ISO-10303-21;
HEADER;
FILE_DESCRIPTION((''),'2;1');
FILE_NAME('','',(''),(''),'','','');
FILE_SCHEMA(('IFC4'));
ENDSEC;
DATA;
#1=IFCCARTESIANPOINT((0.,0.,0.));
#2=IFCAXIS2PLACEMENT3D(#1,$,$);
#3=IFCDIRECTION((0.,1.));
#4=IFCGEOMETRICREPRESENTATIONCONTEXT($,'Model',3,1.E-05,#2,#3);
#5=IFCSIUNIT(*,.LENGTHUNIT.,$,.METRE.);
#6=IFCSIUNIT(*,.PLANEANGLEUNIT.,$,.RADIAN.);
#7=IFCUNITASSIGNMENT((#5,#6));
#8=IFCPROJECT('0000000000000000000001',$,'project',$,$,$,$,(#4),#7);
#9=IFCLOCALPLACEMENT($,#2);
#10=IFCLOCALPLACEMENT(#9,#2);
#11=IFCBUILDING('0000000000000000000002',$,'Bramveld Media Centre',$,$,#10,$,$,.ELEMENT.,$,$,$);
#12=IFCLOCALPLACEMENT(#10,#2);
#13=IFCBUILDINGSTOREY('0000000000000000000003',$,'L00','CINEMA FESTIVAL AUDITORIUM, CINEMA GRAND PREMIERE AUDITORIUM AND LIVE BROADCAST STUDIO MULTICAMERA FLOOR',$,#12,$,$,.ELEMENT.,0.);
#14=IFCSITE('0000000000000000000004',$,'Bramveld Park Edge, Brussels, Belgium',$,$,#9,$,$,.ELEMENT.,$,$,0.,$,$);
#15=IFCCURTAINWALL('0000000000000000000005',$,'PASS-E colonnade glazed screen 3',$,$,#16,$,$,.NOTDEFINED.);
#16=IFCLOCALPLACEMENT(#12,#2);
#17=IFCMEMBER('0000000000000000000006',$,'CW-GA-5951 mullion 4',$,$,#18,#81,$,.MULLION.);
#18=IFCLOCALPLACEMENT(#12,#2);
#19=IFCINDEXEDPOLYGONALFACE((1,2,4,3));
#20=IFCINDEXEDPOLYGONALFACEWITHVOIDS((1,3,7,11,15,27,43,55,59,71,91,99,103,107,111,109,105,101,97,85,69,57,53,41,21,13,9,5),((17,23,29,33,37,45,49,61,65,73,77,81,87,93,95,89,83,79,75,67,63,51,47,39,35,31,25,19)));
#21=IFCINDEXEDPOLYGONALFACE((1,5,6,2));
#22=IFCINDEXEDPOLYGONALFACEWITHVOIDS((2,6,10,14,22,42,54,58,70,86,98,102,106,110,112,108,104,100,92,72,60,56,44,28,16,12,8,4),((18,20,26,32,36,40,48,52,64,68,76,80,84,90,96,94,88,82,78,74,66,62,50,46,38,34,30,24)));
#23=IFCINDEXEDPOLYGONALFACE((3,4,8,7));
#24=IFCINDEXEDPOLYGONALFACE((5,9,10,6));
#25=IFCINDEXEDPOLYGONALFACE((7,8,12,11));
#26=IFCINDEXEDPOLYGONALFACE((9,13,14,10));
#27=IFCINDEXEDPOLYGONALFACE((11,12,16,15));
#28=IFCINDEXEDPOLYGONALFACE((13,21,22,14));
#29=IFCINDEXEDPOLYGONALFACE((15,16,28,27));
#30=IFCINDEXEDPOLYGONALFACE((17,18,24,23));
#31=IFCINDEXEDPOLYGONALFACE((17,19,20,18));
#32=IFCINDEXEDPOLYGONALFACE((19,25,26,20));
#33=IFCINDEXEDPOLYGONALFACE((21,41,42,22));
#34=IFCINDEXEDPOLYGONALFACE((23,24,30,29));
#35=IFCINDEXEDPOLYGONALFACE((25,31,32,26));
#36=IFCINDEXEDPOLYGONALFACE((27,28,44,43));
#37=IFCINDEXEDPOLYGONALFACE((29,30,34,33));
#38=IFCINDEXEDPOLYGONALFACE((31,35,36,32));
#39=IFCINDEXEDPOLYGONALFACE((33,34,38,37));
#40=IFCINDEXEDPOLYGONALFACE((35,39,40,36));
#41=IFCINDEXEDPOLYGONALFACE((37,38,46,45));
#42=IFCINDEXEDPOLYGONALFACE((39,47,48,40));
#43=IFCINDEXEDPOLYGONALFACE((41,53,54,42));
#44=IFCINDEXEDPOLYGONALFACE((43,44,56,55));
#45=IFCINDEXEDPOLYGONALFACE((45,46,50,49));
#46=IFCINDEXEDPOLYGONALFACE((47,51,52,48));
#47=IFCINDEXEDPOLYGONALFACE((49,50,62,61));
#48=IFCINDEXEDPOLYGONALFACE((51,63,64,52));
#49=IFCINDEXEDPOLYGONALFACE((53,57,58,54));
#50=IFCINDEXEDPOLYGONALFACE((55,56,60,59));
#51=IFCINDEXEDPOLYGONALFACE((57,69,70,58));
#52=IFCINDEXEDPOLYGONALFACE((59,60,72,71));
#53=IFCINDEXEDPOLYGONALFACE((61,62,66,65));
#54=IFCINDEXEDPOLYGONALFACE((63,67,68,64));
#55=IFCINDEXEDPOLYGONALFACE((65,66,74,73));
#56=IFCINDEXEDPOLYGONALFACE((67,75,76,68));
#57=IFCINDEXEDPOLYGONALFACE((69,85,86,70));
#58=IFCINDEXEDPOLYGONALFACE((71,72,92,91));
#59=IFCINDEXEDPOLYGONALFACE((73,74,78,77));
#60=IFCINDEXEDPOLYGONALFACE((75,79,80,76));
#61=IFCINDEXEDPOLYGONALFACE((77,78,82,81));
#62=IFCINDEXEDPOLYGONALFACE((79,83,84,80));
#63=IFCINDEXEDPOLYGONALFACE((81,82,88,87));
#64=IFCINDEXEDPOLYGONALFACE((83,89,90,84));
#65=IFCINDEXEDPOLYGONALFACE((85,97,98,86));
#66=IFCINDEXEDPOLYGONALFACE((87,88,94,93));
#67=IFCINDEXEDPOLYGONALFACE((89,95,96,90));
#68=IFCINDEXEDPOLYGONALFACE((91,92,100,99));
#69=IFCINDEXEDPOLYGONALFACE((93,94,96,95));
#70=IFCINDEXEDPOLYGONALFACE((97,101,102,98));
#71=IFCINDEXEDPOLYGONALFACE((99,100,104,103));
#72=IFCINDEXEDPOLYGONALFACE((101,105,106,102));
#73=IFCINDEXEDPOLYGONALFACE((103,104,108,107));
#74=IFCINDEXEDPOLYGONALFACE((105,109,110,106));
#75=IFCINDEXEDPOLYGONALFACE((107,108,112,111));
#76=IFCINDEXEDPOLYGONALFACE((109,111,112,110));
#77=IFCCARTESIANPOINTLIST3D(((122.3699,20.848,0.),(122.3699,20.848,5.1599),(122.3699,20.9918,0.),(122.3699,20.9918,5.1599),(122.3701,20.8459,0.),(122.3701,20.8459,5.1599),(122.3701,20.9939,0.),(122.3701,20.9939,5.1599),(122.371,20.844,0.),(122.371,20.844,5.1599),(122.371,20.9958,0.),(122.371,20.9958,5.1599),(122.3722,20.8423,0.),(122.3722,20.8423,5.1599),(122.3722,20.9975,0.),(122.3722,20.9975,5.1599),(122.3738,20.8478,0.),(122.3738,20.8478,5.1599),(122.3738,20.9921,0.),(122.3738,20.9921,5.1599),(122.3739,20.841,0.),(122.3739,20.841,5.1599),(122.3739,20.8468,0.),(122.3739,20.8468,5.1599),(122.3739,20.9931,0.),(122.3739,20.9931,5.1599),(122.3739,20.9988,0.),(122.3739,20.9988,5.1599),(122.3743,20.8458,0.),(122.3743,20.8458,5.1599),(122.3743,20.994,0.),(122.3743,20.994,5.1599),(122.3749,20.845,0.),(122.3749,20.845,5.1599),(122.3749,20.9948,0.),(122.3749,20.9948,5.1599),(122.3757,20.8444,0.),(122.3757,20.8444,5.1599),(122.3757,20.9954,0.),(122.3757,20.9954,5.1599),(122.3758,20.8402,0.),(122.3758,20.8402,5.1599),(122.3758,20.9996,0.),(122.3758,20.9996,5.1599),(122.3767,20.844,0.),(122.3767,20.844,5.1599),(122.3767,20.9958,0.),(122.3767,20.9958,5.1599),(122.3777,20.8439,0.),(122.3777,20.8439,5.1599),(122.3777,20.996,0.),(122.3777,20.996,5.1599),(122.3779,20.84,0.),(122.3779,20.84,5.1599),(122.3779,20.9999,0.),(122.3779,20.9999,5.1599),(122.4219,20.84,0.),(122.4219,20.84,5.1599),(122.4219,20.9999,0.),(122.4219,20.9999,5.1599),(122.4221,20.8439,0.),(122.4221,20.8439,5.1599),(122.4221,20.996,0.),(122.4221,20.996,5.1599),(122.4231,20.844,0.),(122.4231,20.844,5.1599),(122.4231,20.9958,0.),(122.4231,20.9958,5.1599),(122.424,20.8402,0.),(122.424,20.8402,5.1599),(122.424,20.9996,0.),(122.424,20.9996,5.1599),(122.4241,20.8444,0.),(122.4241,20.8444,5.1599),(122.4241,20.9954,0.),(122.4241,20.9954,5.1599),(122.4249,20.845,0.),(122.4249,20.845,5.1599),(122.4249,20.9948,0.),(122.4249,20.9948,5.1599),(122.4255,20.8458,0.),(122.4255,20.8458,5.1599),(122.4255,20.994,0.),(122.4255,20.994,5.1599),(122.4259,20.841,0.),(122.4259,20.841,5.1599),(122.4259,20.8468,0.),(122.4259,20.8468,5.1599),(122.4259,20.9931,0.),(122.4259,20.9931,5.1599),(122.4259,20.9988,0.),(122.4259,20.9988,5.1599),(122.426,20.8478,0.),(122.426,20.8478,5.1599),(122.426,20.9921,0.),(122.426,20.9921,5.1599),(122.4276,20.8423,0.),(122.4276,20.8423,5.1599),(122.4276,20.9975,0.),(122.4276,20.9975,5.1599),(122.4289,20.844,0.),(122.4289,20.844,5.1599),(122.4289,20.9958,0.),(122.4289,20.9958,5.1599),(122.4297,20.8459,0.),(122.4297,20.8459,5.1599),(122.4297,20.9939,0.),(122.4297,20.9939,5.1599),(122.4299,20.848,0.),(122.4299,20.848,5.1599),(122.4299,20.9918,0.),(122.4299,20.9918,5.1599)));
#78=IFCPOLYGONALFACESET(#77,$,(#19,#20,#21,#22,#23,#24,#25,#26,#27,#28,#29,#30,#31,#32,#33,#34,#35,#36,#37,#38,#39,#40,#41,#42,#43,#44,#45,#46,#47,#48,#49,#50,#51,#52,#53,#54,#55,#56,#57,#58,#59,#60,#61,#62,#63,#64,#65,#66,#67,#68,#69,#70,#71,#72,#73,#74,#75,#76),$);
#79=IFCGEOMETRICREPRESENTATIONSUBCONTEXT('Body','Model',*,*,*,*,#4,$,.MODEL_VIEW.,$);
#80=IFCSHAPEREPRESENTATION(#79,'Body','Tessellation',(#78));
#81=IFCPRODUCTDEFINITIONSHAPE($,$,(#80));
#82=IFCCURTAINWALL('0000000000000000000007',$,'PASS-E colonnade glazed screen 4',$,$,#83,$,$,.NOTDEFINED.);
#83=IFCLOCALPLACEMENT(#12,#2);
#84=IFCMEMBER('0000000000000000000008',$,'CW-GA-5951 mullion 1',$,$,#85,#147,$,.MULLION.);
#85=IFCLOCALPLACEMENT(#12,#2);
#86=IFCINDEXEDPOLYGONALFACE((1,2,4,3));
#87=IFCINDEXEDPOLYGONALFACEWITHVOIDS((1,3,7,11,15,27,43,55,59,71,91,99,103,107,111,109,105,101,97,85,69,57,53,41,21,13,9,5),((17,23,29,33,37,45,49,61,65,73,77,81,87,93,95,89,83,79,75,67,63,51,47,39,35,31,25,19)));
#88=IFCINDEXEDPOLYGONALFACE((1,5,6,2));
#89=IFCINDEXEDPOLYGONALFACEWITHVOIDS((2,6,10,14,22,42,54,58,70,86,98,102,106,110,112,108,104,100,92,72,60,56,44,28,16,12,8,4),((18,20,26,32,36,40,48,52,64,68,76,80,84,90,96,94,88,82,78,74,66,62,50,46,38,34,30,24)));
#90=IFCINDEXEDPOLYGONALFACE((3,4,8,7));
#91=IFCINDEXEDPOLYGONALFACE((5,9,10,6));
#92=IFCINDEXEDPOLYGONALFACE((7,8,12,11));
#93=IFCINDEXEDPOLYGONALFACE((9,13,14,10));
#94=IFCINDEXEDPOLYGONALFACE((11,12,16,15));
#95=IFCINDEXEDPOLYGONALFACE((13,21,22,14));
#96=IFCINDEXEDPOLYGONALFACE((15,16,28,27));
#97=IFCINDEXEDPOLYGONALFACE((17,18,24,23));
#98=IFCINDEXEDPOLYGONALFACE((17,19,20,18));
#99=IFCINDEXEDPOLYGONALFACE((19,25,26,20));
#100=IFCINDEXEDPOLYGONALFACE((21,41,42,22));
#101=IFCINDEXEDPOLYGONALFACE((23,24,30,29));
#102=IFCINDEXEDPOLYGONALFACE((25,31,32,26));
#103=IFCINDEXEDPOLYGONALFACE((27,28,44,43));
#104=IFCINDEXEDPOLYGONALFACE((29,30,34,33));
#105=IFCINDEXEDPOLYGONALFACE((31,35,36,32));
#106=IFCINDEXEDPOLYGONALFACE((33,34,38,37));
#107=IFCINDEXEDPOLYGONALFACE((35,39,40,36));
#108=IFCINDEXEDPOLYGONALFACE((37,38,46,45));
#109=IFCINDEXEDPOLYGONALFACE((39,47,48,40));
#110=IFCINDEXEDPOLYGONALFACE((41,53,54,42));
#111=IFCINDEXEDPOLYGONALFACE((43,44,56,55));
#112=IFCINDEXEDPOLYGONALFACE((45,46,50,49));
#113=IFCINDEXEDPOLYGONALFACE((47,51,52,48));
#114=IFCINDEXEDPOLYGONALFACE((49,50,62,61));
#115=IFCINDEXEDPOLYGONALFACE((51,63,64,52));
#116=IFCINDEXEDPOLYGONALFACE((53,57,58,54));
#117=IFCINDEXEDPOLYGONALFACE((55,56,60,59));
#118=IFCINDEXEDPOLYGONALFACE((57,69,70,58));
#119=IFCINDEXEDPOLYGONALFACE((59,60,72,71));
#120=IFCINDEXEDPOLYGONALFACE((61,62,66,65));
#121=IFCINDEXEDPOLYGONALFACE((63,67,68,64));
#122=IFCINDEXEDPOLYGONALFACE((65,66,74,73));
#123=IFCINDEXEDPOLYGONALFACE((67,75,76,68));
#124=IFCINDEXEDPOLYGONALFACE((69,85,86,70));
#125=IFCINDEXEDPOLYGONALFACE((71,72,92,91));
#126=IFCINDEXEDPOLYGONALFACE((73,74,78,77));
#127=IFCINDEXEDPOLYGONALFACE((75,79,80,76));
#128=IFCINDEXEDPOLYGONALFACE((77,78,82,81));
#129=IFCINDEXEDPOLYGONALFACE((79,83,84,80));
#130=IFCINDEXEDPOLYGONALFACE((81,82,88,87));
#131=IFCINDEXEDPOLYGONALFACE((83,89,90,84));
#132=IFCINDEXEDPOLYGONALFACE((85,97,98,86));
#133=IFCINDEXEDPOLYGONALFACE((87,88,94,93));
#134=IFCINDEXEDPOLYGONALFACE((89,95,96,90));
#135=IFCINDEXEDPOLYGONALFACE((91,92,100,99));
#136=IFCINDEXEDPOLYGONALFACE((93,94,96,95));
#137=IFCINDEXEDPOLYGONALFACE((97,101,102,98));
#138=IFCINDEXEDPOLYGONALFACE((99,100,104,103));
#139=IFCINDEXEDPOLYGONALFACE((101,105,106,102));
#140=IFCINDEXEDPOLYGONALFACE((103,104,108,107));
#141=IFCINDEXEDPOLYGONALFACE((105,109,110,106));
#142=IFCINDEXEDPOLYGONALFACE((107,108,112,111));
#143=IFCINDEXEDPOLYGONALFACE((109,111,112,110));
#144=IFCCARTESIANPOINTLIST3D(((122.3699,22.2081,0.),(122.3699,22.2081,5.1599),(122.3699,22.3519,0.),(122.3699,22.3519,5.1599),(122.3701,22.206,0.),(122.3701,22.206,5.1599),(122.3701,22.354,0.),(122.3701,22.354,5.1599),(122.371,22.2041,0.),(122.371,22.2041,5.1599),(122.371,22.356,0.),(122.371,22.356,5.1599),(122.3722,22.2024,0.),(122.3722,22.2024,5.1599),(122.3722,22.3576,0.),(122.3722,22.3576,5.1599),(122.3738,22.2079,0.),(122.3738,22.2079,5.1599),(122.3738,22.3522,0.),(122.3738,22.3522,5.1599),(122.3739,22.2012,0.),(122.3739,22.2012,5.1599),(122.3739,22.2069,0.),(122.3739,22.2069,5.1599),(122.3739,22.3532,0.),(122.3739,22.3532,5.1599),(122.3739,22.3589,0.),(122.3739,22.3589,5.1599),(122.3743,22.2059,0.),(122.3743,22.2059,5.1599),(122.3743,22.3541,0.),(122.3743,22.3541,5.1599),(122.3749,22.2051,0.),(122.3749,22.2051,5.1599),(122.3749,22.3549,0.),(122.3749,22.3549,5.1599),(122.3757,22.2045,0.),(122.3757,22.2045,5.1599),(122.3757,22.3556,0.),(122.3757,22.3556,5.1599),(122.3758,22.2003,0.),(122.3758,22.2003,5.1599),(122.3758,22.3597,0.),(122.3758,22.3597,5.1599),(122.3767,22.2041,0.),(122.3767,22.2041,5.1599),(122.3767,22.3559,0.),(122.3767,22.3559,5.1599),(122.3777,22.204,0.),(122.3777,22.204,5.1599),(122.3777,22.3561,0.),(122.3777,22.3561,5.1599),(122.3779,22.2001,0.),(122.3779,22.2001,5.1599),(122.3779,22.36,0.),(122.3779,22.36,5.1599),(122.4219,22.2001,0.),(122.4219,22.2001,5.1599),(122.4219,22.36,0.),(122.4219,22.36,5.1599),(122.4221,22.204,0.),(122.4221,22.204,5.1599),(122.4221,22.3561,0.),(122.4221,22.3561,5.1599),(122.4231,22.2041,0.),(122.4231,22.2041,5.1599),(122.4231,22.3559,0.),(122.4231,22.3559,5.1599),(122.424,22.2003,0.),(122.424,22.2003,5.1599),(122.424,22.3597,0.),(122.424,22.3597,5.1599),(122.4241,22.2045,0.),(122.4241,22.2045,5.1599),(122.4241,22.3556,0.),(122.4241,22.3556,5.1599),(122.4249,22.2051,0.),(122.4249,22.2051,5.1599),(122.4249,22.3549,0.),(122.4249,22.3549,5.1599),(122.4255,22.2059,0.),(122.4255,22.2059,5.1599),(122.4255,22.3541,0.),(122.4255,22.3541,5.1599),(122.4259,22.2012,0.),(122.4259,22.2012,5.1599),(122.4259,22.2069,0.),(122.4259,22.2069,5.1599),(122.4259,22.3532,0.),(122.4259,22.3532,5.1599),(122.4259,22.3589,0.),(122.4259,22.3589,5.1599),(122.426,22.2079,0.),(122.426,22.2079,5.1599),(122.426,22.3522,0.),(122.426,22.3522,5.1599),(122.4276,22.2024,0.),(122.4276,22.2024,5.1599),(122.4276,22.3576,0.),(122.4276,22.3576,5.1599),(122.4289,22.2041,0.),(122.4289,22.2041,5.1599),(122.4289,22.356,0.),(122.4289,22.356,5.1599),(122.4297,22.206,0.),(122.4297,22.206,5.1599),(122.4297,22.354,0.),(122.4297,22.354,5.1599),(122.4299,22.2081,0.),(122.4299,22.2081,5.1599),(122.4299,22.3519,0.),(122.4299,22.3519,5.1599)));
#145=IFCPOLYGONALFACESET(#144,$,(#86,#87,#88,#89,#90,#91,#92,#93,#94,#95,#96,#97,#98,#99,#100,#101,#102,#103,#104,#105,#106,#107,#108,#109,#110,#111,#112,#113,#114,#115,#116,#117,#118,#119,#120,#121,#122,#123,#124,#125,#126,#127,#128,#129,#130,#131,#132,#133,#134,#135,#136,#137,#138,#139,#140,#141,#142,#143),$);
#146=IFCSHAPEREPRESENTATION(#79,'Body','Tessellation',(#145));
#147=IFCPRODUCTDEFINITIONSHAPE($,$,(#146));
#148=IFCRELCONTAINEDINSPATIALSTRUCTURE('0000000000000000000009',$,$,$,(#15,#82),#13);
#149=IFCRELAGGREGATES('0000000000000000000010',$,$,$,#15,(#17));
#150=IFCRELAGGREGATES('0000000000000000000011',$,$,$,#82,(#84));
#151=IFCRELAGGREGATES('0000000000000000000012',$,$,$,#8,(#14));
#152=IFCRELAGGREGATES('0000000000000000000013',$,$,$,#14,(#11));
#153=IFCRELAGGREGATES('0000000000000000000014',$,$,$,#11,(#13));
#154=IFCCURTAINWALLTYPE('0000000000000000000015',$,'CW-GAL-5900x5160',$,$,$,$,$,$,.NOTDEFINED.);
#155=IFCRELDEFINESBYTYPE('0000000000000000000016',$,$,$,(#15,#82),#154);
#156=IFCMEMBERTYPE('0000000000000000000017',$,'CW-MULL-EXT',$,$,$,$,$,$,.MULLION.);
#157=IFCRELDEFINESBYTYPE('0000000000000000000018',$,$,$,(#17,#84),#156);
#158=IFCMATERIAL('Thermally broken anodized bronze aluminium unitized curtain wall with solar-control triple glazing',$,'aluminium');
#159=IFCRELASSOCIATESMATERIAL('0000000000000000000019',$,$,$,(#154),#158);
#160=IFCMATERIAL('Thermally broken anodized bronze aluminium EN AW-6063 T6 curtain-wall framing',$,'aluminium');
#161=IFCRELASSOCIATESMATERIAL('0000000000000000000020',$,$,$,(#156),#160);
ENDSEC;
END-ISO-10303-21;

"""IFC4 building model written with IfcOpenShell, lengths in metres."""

from ifc_helpers import new_model, si_unit, direction, frame, origin, origin_2d, place, context, subcontext, project, spatial, hollow_rectangle, extrude, material, material_profile, profile_set, type_object, element, aggregate, save


model = new_model("IFC4")

# Units and contexts
model_context = context("Model", 3, precision=1e-05, world=origin(), true_north=direction((0.0, 1.0)))
body_context = subcontext(model_context, "Body", "Model", "MODEL_VIEW")
ifc_project = project(units=[si_unit("LENGTHUNIT", "METRE"), si_unit("PLANEANGLEUNIT", "RADIAN")], contexts=[model_context])

# Site, building, storey
site_placement = place(None, origin())
site = spatial("IfcSite", under=ifc_project, at=site_placement, Name="Bramveld Park Edge, Brussels, Belgium", CompositionType="ELEMENT", RefElevation=0.0)
building_placement = place(site_placement, origin())
building = spatial("IfcBuilding", under=site, at=building_placement, Name="Bramveld Media Centre", CompositionType="ELEMENT")
storey_placement = place(building_placement, origin())
storey = spatial("IfcBuildingStorey", under=building, at=storey_placement, Name="L00", Description="CINEMA FESTIVAL AUDITORIUM, CINEMA GRAND PREMIERE AUDITORIUM AND LIVE BROADCAST STUDIO MULTICAMERA FLOOR", CompositionType="ELEMENT", Elevation=0.0)

# Curtain wall, member
ifc_material_1 = material(Name="Thermally broken anodized bronze aluminium unitized curtain wall with solar-control triple glazing", Category="aluminium")
curtain_wall_type = type_object("IfcCurtainWallType", Name="CW-GAL-5900x5160", PredefinedType="NOTDEFINED", material=ifc_material_1)
curtain_wall_1_placement = place(storey_placement, origin())
curtain_wall_1 = element("IfcCurtainWall", 1, at=curtain_wall_1_placement, inside=storey, type_object=curtain_wall_type, Name="PASS-E colonnade glazed screen 3", PredefinedType="NOTDEFINED")
ifc_material_2 = material(Name="Thermally broken anodized bronze aluminium EN AW-6063 T6 curtain-wall framing", Category="aluminium")
ifc_material_profile_1 = material_profile(ifc_material_2, hollow_rectangle(XDim=0.0601, YDim=0.1599, WallThickness=0.0039, InnerFilletRadius=0.0039, OuterFilletRadius=0.0081, at=origin_2d()), Name="AL-MULL 60x160")
ifc_profile_set_1 = profile_set([ifc_material_profile_1], Name="Thermally broken anodized bronze aluminium EN AW-6063 T6 curtain-wall framing")
member_type_1 = type_object("IfcMemberType", Name="CW-MULL-EXT", PredefinedType="MULLION", material=ifc_profile_set_1)
member_1_placement = place(storey_placement, frame((122.3999, 20.9199, 0.0), z_axis=(0.0, 0.0, 1.0), x_axis=(-1.0, 0.0, 0.0)))
member_1 = element("IfcMember", 2, at=member_1_placement, type_object=member_type_1, Name="CW-GA-5951 mullion 4", PredefinedType="MULLION", context=body_context, shape_type="SweptSolid", body=[
    extrude(hollow_rectangle(XDim=0.0601, YDim=0.1599, WallThickness=0.0039, InnerFilletRadius=0.0039, OuterFilletRadius=0.0081, at=origin_2d()), origin(), (0.0, 0.0, 1.0), 5.1599),
])

# Curtain wall, member
curtain_wall_2_placement = place(storey_placement, origin())
curtain_wall_2 = element("IfcCurtainWall", 3, at=curtain_wall_2_placement, inside=storey, type_object=curtain_wall_type, Name="PASS-E colonnade glazed screen 4", PredefinedType="NOTDEFINED")
member_2_placement = place(storey_placement, frame((122.3999, 22.28, 0.0), z_axis=(0.0, 0.0, 1.0), x_axis=(-1.0, 0.0, 0.0)))
member_2 = element("IfcMember", 4, at=member_2_placement, type_object=member_type_1, Name="CW-GA-5951 mullion 1", PredefinedType="MULLION", context=body_context, shape_type="SweptSolid", body=[
    extrude(hollow_rectangle(XDim=0.0601, YDim=0.1599, WallThickness=0.0039, InnerFilletRadius=0.0039, OuterFilletRadius=0.0081, at=origin_2d()), origin(), (0.0, 0.0, 1.0), 5.1599),
])

aggregate(curtain_wall_1, [member_1])
aggregate(curtain_wall_2, [member_2])

save(model, "model.ifc")
